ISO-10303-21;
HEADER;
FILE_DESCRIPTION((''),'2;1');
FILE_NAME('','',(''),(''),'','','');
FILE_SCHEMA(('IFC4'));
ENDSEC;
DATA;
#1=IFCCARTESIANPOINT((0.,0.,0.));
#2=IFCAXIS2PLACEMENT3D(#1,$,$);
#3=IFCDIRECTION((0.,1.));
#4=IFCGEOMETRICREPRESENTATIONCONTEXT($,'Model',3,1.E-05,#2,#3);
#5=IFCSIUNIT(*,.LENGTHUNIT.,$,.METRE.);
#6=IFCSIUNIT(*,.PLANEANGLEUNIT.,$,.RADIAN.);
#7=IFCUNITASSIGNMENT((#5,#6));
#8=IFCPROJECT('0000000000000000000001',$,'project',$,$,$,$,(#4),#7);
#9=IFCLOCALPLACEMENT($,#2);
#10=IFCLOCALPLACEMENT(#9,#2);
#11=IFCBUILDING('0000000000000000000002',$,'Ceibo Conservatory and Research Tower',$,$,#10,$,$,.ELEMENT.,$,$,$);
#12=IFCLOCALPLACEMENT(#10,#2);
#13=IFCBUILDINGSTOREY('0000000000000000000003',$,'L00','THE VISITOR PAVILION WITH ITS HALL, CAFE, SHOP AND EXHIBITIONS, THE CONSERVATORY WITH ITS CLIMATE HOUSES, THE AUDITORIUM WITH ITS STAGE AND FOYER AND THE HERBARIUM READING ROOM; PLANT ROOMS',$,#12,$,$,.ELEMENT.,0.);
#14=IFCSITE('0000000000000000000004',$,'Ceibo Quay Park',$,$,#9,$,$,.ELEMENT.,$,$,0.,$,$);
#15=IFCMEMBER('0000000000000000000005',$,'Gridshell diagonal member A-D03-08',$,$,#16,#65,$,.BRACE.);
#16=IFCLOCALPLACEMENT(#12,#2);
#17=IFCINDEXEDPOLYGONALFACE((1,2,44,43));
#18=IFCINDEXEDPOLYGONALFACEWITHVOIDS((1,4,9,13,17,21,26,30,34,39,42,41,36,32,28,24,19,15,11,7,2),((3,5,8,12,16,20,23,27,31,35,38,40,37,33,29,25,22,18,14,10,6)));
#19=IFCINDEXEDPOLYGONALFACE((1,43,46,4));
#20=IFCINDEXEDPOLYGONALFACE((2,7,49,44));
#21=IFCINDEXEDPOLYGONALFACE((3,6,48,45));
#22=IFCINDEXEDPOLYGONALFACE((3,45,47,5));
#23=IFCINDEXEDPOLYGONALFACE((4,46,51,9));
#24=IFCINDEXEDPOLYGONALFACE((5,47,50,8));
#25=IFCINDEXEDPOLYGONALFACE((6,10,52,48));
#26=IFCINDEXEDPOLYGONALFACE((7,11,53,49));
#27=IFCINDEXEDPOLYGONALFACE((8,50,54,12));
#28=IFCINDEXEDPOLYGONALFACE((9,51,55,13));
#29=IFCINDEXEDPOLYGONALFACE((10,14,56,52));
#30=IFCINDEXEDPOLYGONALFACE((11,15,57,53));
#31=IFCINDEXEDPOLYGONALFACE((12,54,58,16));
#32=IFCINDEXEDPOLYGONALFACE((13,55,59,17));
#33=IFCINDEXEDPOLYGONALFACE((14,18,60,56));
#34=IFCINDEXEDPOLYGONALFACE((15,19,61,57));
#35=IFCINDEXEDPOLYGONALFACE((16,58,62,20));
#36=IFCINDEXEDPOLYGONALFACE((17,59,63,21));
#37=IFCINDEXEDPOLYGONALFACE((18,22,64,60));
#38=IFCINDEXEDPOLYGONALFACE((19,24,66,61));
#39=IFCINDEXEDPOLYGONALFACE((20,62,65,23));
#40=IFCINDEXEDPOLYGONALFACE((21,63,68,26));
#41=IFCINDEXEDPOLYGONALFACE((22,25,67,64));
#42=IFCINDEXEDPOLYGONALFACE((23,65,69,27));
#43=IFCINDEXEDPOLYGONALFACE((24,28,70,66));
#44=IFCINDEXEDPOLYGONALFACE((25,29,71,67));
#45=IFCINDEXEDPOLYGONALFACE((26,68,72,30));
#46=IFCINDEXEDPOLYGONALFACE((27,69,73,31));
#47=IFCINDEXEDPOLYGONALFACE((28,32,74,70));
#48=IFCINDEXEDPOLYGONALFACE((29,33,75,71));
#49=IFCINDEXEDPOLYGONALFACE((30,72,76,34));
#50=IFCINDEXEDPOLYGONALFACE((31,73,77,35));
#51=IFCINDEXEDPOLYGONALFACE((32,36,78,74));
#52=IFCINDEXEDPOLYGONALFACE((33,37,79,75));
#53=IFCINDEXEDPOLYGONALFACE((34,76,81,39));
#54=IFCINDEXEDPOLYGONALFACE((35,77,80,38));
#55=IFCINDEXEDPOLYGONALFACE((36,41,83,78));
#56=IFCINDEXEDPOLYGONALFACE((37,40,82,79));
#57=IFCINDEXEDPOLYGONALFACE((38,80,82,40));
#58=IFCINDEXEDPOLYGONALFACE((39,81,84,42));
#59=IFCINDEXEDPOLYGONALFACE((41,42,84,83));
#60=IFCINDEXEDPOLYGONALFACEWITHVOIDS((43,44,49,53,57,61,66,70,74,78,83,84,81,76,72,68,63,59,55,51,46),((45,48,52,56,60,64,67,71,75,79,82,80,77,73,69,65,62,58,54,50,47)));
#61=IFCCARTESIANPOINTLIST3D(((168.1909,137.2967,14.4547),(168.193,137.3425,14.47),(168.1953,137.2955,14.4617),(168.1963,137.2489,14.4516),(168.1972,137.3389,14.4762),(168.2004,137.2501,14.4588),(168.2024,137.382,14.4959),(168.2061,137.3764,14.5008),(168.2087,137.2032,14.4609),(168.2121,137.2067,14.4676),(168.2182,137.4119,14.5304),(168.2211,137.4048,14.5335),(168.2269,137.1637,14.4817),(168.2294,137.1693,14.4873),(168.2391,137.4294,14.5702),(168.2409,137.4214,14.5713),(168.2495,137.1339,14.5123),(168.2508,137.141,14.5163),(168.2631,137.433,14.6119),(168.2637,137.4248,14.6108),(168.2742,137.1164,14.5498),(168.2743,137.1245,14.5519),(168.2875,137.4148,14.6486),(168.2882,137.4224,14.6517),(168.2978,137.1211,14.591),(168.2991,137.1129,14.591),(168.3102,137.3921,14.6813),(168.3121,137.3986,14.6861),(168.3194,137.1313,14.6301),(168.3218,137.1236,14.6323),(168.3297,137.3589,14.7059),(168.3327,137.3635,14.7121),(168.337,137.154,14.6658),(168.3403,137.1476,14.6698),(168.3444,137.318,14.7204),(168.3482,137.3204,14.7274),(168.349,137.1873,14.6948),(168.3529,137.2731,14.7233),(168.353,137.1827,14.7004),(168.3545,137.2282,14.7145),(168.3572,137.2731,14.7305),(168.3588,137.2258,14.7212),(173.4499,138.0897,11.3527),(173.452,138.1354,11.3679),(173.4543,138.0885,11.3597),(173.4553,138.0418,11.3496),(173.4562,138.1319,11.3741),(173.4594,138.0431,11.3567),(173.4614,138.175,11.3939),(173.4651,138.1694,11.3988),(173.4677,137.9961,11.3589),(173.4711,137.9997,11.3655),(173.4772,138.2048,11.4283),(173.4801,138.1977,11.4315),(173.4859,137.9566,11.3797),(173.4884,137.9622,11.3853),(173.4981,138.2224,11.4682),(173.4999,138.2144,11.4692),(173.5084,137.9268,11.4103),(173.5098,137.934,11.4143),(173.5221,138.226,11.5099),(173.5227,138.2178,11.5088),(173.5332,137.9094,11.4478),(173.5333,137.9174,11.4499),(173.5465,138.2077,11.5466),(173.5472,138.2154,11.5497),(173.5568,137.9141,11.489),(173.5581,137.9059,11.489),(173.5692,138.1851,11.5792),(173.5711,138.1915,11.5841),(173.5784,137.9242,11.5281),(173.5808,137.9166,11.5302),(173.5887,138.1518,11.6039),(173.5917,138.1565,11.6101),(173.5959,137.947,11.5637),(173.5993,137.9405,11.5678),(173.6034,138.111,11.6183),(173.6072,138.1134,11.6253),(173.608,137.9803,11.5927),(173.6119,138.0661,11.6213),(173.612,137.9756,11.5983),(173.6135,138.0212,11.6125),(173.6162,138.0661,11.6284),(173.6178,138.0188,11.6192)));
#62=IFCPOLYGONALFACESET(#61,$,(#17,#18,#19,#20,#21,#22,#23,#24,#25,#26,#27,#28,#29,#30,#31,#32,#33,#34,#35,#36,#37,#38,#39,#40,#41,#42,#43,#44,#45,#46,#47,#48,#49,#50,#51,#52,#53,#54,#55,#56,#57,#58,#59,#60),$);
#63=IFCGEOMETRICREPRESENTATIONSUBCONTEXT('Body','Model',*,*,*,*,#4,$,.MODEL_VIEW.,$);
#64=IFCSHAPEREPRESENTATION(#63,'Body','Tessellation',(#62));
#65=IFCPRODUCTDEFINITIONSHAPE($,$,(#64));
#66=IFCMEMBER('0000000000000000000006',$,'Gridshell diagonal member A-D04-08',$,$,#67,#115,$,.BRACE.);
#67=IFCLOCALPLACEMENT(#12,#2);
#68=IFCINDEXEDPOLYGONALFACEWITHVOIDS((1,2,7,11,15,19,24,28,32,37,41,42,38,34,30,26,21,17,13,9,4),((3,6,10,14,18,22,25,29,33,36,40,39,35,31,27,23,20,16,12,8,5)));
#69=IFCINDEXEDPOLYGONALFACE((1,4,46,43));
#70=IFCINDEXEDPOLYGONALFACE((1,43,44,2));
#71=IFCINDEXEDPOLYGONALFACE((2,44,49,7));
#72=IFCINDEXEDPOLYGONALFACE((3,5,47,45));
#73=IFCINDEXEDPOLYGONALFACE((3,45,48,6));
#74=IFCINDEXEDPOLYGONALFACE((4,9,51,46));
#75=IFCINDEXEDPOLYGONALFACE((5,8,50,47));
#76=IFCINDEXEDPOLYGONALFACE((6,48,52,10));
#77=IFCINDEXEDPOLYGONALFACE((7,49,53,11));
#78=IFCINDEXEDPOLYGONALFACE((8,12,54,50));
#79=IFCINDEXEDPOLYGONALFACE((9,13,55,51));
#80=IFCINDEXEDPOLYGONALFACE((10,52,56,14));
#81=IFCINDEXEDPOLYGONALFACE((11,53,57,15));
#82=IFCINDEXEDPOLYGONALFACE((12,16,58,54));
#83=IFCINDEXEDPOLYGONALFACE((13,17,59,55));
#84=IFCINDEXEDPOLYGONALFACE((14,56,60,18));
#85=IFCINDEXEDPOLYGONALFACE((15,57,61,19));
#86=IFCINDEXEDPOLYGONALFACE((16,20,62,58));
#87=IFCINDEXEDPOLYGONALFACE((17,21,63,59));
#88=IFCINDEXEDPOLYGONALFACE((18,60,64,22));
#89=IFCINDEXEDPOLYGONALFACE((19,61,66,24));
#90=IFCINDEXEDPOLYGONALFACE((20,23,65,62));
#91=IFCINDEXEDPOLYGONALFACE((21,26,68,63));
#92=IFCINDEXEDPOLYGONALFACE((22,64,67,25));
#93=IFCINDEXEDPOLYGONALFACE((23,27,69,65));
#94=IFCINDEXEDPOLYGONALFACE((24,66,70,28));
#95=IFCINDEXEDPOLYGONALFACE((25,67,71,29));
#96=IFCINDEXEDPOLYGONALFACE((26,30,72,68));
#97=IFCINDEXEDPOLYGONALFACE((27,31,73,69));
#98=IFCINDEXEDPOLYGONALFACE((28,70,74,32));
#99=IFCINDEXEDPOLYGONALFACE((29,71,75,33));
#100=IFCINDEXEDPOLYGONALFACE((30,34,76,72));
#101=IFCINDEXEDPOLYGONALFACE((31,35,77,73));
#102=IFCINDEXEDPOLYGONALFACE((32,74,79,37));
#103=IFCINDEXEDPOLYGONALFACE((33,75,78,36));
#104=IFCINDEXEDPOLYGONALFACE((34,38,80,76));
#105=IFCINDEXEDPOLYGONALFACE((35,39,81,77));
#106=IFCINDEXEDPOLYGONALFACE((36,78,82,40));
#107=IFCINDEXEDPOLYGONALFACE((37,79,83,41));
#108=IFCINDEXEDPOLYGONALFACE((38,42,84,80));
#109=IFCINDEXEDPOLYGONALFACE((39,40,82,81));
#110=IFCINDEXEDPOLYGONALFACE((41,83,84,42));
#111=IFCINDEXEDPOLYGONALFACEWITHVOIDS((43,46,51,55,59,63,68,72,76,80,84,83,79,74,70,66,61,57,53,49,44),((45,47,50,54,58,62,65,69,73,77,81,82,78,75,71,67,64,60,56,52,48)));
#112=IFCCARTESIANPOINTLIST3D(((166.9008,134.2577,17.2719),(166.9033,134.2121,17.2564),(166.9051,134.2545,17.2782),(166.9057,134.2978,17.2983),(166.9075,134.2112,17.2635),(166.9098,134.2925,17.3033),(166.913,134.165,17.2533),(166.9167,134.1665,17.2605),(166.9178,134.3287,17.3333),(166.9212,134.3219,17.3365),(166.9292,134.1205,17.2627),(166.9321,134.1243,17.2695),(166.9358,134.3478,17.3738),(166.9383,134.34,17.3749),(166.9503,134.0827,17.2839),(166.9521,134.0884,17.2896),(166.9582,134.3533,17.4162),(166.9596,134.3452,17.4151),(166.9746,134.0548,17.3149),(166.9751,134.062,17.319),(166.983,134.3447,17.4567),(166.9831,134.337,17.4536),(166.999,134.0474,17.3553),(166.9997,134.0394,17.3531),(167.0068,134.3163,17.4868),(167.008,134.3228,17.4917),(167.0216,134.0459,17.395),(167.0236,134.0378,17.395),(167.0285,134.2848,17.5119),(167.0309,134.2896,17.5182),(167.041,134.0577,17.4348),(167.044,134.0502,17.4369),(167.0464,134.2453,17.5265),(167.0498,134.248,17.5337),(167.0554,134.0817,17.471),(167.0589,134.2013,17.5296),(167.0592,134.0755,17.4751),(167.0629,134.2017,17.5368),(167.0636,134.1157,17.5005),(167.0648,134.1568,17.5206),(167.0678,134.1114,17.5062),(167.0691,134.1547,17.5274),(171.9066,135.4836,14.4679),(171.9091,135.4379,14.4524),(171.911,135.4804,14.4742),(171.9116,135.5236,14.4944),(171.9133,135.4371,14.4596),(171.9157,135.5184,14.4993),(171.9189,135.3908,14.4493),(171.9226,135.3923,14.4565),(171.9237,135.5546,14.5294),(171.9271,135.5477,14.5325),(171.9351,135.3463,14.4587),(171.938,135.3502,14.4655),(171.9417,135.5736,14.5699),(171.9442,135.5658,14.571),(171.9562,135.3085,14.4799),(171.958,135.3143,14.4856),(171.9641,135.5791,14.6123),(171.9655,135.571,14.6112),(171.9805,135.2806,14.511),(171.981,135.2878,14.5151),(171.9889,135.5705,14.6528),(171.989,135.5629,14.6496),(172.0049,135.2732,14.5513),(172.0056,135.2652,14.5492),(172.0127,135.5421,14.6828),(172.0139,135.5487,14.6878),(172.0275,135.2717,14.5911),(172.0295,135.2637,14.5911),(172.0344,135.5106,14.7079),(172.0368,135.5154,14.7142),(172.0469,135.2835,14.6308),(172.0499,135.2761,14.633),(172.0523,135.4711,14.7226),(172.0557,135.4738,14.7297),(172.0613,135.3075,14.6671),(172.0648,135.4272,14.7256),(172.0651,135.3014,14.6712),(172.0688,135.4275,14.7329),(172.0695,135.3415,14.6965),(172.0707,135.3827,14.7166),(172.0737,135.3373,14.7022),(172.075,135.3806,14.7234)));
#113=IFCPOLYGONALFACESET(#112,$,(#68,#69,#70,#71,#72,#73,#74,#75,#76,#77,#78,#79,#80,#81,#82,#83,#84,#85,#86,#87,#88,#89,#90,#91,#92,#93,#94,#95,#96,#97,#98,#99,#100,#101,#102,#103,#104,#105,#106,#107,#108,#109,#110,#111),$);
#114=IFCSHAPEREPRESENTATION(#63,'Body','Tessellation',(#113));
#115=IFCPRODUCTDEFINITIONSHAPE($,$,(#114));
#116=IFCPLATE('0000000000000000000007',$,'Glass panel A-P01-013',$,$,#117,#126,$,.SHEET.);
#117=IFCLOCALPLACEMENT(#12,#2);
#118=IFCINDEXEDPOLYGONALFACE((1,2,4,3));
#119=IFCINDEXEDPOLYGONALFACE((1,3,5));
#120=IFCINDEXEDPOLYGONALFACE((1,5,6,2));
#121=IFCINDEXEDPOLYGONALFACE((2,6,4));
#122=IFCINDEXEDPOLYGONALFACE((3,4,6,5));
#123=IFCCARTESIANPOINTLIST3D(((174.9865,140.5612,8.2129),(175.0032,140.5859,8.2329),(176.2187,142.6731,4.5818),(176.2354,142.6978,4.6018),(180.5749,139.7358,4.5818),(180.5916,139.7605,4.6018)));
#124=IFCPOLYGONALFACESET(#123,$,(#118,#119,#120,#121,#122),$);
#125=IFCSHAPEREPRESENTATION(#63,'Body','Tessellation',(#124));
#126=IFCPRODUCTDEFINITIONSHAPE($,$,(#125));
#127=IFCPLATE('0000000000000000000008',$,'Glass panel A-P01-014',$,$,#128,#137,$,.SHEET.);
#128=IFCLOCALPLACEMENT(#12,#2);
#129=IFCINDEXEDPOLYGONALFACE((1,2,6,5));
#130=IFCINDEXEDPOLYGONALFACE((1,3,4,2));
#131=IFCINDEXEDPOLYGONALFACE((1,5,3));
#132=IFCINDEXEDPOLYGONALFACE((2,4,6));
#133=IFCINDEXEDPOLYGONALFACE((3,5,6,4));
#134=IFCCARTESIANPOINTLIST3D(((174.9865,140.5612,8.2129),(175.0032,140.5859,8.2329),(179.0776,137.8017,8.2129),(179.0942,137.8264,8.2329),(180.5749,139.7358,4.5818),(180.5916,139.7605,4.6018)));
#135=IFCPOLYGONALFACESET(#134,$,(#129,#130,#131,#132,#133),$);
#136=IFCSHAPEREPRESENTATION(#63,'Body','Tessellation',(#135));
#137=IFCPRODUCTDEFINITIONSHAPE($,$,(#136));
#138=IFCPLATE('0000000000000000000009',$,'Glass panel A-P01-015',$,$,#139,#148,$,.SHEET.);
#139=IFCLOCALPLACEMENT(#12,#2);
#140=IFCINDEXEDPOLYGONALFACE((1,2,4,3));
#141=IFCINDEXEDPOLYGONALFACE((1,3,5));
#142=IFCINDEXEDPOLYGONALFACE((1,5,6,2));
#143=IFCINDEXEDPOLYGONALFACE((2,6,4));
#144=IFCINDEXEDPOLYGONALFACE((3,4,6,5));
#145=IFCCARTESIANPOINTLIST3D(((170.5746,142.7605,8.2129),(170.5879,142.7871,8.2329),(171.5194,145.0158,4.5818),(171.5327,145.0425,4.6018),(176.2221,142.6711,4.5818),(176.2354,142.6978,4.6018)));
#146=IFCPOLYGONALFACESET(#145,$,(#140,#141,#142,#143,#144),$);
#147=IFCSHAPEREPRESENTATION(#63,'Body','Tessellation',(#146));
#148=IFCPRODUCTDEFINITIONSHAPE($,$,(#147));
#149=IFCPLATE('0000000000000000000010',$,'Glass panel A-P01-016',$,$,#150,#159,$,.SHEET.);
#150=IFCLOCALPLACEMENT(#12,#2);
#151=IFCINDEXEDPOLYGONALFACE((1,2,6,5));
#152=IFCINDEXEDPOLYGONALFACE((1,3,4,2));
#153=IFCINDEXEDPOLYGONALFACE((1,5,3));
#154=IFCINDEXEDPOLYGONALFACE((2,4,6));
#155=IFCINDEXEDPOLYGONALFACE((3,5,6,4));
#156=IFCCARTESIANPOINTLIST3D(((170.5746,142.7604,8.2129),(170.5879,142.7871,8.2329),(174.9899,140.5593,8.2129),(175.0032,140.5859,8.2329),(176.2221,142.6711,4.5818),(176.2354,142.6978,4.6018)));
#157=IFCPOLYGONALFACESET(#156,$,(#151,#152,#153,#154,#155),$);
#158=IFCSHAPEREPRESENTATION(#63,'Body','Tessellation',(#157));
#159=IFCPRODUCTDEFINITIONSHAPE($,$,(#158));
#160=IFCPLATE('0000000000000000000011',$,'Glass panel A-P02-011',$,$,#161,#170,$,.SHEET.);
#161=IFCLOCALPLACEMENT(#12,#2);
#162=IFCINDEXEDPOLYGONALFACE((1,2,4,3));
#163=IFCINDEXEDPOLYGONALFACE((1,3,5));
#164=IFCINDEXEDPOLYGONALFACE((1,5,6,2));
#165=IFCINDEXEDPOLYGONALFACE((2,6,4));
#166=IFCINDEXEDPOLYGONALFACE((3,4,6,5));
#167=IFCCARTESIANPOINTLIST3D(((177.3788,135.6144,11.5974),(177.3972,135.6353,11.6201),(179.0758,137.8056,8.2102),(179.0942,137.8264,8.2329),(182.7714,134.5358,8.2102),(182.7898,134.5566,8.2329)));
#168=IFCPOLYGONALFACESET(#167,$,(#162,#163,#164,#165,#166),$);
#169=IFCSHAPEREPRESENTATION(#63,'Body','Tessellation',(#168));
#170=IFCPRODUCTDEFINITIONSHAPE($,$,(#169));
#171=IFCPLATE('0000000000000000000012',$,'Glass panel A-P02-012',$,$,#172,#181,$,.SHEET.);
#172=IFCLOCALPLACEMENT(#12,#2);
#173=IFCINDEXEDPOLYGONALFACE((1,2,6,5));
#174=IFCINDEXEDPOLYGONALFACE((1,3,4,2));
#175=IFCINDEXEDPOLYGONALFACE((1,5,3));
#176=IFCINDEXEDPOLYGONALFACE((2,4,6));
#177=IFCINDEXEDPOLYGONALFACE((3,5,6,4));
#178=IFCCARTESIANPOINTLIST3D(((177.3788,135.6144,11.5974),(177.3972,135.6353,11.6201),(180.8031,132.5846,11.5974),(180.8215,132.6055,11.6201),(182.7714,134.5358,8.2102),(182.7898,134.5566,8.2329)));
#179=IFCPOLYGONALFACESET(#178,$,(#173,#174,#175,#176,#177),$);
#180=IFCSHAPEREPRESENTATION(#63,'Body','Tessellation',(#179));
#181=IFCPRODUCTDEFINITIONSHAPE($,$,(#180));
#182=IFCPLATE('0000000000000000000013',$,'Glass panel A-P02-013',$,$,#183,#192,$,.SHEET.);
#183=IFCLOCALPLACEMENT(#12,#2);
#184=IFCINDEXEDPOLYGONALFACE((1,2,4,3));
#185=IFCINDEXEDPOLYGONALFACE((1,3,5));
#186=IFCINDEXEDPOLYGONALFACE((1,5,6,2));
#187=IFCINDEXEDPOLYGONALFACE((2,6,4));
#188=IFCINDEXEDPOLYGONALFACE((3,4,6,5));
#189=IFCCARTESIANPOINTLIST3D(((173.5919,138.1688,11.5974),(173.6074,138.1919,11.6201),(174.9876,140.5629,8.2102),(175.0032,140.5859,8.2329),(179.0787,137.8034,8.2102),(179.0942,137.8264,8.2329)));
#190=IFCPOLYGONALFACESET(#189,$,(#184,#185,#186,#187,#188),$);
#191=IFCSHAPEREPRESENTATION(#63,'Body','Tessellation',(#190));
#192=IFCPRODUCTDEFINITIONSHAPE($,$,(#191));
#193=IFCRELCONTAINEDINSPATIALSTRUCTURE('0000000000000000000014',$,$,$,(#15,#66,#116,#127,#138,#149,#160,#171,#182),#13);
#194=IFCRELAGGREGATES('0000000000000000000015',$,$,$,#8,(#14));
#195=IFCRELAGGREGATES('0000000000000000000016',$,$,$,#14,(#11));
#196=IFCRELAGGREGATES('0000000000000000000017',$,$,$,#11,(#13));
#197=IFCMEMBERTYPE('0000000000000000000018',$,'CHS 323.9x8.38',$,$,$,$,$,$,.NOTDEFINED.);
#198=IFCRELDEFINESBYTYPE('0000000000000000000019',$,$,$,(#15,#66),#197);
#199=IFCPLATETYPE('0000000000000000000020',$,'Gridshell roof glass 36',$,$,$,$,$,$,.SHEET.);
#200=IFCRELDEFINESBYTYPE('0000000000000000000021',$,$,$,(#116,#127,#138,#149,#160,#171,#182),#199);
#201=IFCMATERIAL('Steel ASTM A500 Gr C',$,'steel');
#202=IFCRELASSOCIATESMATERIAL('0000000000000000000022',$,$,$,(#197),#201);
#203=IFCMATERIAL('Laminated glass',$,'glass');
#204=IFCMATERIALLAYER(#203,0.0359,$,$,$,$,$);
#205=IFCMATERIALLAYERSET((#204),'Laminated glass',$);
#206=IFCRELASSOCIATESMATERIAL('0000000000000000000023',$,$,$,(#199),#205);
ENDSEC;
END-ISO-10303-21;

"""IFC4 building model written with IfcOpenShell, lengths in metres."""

from ifc_helpers import new_model, si_unit, direction, frame, origin, origin_2d, place, context, subcontext, project, spatial, polyline, hollow_circle, outline, extrude, material, layer, layer_set, material_profile, profile_set, type_object, element, save


model = new_model("IFC4")

# Units and contexts
model_context = context("Model", 3, precision=1e-05, world=origin(), true_north=direction((0.0, 1.0)))
body_context = subcontext(model_context, "Body", "Model", "MODEL_VIEW")
ifc_project = project(units=[si_unit("LENGTHUNIT", "METRE"), si_unit("PLANEANGLEUNIT", "RADIAN")], contexts=[model_context])

# Site, building, storey
site_placement = place(None, origin())
site = spatial("IfcSite", under=ifc_project, at=site_placement, Name="Ceibo Quay Park", CompositionType="ELEMENT", RefElevation=0.0)
building_placement = place(site_placement, origin())
building = spatial("IfcBuilding", under=site, at=building_placement, Name="Ceibo Conservatory and Research Tower", CompositionType="ELEMENT")
storey_placement = place(building_placement, origin())
storey = spatial("IfcBuildingStorey", under=building, at=storey_placement, Name="L00", Description="THE VISITOR PAVILION WITH ITS HALL, CAFE, SHOP AND EXHIBITIONS, THE CONSERVATORY WITH ITS CLIMATE HOUSES, THE AUDITORIUM WITH ITS STAGE AND FOYER AND THE HERBARIUM READING ROOM; PLANT ROOMS", CompositionType="ELEMENT", Elevation=0.0)

# Members
ifc_material_1 = material(Name="Steel ASTM A500 Gr C", Category="steel")
ifc_material_profile_1 = material_profile(ifc_material_1, hollow_circle(Radius=0.1619, WallThickness=0.0083, at=origin_2d()), Name="CHS 323.9x8.38")
ifc_profile_set_1 = profile_set([ifc_material_profile_1], Name="Steel ASTM A500 Gr C")
member_type_1 = type_object("IfcMemberType", Name="CHS 323.9x8.38", PredefinedType="NOTDEFINED", material=ifc_profile_set_1)
member_1_placement = place(storey_placement, frame((173.5339, 138.0659, 11.489), z_axis=(-0.854152, -0.128791, 0.503823), x_axis=(0.149097, -0.988823, 0.0)))
element("IfcMember", 1, at=member_1_placement, inside=storey, type_object=member_type_1, Name="Gridshell diagonal member A-D03-08", PredefinedType="BRACE", context=body_context, shape_type="SweptSolid", body=[
    extrude(hollow_circle(Radius=0.1619, WallThickness=0.0083, at=origin_2d()), origin(), (0.0, 0.0, 1.0), 6.157),
])
member_2_placement = place(storey_placement, frame((171.991, 135.4209, 14.5911), z_axis=(-0.853201, -0.208931, 0.477907), x_axis=(0.237851, -0.971302, 0.0)))
element("IfcMember", 2, at=member_2_placement, inside=storey, type_object=member_type_1, Name="Gridshell diagonal member A-D04-08", PredefinedType="BRACE", context=body_context, shape_type="SweptSolid", body=[
    extrude(hollow_circle(Radius=0.1619, WallThickness=0.0083, at=origin_2d()), origin(), (0.0, 0.0, 1.0), 5.8672),
])

# Plates
ifc_material_2 = material(Name="Laminated glass", Category="glass")
ifc_layer = layer(ifc_material_2, 0.0359)
ifc_layer_set = layer_set([ifc_layer], Name="Laminated glass")
plate_type = type_object("IfcPlateType", Name="Gridshell roof glass 36", PredefinedType="SHEET", material=ifc_layer_set)
plate_1_placement = place(storey_placement, frame((180.5916, 139.7605, 4.6018), z_axis=(0.464034, 0.688203, 0.557718), x_axis=(-0.829129, 0.559057, 0.0)))
element("IfcPlate", 3, at=plate_1_placement, inside=storey, type_object=plate_type, Name="Glass panel A-P01-013", PredefinedType="SHEET", context=body_context, shape_type="SweptSolid", body=[
    extrude(outline(polyline([(0.0, 0.0), (5.2539, 0.0), (5.095, 4.3747), (0.0, 0.0)])), origin(), (0.0, 0.0, -1.0), 0.0359),
])
plate_2_placement = place(storey_placement, frame((180.5916, 139.7605, 4.6018), z_axis=(0.464102, 0.688044, 0.557858), x_axis=(-0.832177, 0.122918, 0.540715)))
element("IfcPlate", 4, at=plate_2_placement, inside=storey, type_object=plate_type, Name="Glass panel A-P01-014", PredefinedType="SHEET", context=body_context, shape_type="SweptSolid", body=[
    extrude(outline(polyline([(0.0, 0.0), (6.7154, 0.0), (2.9717, 3.2151), (0.0, 0.0)])), origin(), (0.0, 0.0, -1.0), 0.0359),
])
plate_3_placement = place(storey_placement, frame((176.2354, 142.6978, 4.6018), z_axis=(0.37036, 0.742803, 0.557743), x_axis=(-0.894928, 0.44621, 0.0)))
element("IfcPlate", 5, at=plate_3_placement, inside=storey, type_object=plate_type, Name="Glass panel A-P01-015", PredefinedType="SHEET", context=body_context, shape_type="SweptSolid", body=[
    extrude(outline(polyline([(0.0, 0.0), (5.2548, 0.0), (5.0939, 4.3748), (0.0, 0.0)])), origin(), (0.0, 0.0, -1.0), 0.0359),
])
plate_4_placement = place(storey_placement, frame((176.2354, 142.6978, 4.6018), z_axis=(0.370335, 0.742846, 0.557702), x_axis=(-0.841064, 0.013308, 0.540772)))
element("IfcPlate", 6, at=plate_4_placement, inside=storey, type_object=plate_type, Name="Glass panel A-P01-016", PredefinedType="SHEET", context=body_context, shape_type="SweptSolid", body=[
    extrude(outline(polyline([(0.0, 0.0), (6.7147, 0.0), (2.9718, 3.2142), (0.0, 0.0)])), origin(), (0.0, 0.0, -1.0), 0.0359),
])
plate_5_placement = place(storey_placement, frame((182.7898, 134.5566, 8.2329), z_axis=(0.513289, 0.580128, 0.632444), x_axis=(-0.748933, 0.662645, 0.0)))
element("IfcPlate", 7, at=plate_5_placement, inside=storey, type_object=plate_type, Name="Glass panel A-P02-011", PredefinedType="SHEET", context=body_context, shape_type="SweptSolid", body=[
    extrude(outline(polyline([(0.0, 0.0), (4.9344, 0.0), (4.7534, 4.3728), (0.0, 0.0)])), origin(), (0.0, 0.0, -1.0), 0.0359),
])
plate_6_placement = place(storey_placement, frame((182.7898, 134.5566, 8.2329), z_axis=(0.513289, 0.580128, 0.632444), x_axis=(-0.834916, 0.166998, 0.52443)))
element("IfcPlate", 8, at=plate_6_placement, inside=storey, type_object=plate_type, Name="Glass panel A-P02-012", PredefinedType="SHEET", context=body_context, shape_type="SweptSolid", body=[
    extrude(outline(polyline([(0.0, 0.0), (6.4588, 0.0), (3.0938, 3.0955), (0.0, 0.0)])), origin(), (0.0, 0.0, -1.0), 0.0359),
])
plate_7_placement = place(storey_placement, frame((179.0942, 137.8264, 8.2329), z_axis=(0.433181, 0.642202, 0.632401), x_axis=(-0.829032, 0.559202, 0.0)))
element("IfcPlate", 9, at=plate_7_placement, inside=storey, type_object=plate_type, Name="Glass panel A-P02-013", PredefinedType="SHEET", context=body_context, shape_type="SweptSolid", body=[
    extrude(outline(polyline([(0.0, 0.0), (4.9348, 0.0), (4.7531, 4.3726), (0.0, 0.0)])), origin(), (0.0, 0.0, -1.0), 0.0359),
])

save(model, "model.ifc")
